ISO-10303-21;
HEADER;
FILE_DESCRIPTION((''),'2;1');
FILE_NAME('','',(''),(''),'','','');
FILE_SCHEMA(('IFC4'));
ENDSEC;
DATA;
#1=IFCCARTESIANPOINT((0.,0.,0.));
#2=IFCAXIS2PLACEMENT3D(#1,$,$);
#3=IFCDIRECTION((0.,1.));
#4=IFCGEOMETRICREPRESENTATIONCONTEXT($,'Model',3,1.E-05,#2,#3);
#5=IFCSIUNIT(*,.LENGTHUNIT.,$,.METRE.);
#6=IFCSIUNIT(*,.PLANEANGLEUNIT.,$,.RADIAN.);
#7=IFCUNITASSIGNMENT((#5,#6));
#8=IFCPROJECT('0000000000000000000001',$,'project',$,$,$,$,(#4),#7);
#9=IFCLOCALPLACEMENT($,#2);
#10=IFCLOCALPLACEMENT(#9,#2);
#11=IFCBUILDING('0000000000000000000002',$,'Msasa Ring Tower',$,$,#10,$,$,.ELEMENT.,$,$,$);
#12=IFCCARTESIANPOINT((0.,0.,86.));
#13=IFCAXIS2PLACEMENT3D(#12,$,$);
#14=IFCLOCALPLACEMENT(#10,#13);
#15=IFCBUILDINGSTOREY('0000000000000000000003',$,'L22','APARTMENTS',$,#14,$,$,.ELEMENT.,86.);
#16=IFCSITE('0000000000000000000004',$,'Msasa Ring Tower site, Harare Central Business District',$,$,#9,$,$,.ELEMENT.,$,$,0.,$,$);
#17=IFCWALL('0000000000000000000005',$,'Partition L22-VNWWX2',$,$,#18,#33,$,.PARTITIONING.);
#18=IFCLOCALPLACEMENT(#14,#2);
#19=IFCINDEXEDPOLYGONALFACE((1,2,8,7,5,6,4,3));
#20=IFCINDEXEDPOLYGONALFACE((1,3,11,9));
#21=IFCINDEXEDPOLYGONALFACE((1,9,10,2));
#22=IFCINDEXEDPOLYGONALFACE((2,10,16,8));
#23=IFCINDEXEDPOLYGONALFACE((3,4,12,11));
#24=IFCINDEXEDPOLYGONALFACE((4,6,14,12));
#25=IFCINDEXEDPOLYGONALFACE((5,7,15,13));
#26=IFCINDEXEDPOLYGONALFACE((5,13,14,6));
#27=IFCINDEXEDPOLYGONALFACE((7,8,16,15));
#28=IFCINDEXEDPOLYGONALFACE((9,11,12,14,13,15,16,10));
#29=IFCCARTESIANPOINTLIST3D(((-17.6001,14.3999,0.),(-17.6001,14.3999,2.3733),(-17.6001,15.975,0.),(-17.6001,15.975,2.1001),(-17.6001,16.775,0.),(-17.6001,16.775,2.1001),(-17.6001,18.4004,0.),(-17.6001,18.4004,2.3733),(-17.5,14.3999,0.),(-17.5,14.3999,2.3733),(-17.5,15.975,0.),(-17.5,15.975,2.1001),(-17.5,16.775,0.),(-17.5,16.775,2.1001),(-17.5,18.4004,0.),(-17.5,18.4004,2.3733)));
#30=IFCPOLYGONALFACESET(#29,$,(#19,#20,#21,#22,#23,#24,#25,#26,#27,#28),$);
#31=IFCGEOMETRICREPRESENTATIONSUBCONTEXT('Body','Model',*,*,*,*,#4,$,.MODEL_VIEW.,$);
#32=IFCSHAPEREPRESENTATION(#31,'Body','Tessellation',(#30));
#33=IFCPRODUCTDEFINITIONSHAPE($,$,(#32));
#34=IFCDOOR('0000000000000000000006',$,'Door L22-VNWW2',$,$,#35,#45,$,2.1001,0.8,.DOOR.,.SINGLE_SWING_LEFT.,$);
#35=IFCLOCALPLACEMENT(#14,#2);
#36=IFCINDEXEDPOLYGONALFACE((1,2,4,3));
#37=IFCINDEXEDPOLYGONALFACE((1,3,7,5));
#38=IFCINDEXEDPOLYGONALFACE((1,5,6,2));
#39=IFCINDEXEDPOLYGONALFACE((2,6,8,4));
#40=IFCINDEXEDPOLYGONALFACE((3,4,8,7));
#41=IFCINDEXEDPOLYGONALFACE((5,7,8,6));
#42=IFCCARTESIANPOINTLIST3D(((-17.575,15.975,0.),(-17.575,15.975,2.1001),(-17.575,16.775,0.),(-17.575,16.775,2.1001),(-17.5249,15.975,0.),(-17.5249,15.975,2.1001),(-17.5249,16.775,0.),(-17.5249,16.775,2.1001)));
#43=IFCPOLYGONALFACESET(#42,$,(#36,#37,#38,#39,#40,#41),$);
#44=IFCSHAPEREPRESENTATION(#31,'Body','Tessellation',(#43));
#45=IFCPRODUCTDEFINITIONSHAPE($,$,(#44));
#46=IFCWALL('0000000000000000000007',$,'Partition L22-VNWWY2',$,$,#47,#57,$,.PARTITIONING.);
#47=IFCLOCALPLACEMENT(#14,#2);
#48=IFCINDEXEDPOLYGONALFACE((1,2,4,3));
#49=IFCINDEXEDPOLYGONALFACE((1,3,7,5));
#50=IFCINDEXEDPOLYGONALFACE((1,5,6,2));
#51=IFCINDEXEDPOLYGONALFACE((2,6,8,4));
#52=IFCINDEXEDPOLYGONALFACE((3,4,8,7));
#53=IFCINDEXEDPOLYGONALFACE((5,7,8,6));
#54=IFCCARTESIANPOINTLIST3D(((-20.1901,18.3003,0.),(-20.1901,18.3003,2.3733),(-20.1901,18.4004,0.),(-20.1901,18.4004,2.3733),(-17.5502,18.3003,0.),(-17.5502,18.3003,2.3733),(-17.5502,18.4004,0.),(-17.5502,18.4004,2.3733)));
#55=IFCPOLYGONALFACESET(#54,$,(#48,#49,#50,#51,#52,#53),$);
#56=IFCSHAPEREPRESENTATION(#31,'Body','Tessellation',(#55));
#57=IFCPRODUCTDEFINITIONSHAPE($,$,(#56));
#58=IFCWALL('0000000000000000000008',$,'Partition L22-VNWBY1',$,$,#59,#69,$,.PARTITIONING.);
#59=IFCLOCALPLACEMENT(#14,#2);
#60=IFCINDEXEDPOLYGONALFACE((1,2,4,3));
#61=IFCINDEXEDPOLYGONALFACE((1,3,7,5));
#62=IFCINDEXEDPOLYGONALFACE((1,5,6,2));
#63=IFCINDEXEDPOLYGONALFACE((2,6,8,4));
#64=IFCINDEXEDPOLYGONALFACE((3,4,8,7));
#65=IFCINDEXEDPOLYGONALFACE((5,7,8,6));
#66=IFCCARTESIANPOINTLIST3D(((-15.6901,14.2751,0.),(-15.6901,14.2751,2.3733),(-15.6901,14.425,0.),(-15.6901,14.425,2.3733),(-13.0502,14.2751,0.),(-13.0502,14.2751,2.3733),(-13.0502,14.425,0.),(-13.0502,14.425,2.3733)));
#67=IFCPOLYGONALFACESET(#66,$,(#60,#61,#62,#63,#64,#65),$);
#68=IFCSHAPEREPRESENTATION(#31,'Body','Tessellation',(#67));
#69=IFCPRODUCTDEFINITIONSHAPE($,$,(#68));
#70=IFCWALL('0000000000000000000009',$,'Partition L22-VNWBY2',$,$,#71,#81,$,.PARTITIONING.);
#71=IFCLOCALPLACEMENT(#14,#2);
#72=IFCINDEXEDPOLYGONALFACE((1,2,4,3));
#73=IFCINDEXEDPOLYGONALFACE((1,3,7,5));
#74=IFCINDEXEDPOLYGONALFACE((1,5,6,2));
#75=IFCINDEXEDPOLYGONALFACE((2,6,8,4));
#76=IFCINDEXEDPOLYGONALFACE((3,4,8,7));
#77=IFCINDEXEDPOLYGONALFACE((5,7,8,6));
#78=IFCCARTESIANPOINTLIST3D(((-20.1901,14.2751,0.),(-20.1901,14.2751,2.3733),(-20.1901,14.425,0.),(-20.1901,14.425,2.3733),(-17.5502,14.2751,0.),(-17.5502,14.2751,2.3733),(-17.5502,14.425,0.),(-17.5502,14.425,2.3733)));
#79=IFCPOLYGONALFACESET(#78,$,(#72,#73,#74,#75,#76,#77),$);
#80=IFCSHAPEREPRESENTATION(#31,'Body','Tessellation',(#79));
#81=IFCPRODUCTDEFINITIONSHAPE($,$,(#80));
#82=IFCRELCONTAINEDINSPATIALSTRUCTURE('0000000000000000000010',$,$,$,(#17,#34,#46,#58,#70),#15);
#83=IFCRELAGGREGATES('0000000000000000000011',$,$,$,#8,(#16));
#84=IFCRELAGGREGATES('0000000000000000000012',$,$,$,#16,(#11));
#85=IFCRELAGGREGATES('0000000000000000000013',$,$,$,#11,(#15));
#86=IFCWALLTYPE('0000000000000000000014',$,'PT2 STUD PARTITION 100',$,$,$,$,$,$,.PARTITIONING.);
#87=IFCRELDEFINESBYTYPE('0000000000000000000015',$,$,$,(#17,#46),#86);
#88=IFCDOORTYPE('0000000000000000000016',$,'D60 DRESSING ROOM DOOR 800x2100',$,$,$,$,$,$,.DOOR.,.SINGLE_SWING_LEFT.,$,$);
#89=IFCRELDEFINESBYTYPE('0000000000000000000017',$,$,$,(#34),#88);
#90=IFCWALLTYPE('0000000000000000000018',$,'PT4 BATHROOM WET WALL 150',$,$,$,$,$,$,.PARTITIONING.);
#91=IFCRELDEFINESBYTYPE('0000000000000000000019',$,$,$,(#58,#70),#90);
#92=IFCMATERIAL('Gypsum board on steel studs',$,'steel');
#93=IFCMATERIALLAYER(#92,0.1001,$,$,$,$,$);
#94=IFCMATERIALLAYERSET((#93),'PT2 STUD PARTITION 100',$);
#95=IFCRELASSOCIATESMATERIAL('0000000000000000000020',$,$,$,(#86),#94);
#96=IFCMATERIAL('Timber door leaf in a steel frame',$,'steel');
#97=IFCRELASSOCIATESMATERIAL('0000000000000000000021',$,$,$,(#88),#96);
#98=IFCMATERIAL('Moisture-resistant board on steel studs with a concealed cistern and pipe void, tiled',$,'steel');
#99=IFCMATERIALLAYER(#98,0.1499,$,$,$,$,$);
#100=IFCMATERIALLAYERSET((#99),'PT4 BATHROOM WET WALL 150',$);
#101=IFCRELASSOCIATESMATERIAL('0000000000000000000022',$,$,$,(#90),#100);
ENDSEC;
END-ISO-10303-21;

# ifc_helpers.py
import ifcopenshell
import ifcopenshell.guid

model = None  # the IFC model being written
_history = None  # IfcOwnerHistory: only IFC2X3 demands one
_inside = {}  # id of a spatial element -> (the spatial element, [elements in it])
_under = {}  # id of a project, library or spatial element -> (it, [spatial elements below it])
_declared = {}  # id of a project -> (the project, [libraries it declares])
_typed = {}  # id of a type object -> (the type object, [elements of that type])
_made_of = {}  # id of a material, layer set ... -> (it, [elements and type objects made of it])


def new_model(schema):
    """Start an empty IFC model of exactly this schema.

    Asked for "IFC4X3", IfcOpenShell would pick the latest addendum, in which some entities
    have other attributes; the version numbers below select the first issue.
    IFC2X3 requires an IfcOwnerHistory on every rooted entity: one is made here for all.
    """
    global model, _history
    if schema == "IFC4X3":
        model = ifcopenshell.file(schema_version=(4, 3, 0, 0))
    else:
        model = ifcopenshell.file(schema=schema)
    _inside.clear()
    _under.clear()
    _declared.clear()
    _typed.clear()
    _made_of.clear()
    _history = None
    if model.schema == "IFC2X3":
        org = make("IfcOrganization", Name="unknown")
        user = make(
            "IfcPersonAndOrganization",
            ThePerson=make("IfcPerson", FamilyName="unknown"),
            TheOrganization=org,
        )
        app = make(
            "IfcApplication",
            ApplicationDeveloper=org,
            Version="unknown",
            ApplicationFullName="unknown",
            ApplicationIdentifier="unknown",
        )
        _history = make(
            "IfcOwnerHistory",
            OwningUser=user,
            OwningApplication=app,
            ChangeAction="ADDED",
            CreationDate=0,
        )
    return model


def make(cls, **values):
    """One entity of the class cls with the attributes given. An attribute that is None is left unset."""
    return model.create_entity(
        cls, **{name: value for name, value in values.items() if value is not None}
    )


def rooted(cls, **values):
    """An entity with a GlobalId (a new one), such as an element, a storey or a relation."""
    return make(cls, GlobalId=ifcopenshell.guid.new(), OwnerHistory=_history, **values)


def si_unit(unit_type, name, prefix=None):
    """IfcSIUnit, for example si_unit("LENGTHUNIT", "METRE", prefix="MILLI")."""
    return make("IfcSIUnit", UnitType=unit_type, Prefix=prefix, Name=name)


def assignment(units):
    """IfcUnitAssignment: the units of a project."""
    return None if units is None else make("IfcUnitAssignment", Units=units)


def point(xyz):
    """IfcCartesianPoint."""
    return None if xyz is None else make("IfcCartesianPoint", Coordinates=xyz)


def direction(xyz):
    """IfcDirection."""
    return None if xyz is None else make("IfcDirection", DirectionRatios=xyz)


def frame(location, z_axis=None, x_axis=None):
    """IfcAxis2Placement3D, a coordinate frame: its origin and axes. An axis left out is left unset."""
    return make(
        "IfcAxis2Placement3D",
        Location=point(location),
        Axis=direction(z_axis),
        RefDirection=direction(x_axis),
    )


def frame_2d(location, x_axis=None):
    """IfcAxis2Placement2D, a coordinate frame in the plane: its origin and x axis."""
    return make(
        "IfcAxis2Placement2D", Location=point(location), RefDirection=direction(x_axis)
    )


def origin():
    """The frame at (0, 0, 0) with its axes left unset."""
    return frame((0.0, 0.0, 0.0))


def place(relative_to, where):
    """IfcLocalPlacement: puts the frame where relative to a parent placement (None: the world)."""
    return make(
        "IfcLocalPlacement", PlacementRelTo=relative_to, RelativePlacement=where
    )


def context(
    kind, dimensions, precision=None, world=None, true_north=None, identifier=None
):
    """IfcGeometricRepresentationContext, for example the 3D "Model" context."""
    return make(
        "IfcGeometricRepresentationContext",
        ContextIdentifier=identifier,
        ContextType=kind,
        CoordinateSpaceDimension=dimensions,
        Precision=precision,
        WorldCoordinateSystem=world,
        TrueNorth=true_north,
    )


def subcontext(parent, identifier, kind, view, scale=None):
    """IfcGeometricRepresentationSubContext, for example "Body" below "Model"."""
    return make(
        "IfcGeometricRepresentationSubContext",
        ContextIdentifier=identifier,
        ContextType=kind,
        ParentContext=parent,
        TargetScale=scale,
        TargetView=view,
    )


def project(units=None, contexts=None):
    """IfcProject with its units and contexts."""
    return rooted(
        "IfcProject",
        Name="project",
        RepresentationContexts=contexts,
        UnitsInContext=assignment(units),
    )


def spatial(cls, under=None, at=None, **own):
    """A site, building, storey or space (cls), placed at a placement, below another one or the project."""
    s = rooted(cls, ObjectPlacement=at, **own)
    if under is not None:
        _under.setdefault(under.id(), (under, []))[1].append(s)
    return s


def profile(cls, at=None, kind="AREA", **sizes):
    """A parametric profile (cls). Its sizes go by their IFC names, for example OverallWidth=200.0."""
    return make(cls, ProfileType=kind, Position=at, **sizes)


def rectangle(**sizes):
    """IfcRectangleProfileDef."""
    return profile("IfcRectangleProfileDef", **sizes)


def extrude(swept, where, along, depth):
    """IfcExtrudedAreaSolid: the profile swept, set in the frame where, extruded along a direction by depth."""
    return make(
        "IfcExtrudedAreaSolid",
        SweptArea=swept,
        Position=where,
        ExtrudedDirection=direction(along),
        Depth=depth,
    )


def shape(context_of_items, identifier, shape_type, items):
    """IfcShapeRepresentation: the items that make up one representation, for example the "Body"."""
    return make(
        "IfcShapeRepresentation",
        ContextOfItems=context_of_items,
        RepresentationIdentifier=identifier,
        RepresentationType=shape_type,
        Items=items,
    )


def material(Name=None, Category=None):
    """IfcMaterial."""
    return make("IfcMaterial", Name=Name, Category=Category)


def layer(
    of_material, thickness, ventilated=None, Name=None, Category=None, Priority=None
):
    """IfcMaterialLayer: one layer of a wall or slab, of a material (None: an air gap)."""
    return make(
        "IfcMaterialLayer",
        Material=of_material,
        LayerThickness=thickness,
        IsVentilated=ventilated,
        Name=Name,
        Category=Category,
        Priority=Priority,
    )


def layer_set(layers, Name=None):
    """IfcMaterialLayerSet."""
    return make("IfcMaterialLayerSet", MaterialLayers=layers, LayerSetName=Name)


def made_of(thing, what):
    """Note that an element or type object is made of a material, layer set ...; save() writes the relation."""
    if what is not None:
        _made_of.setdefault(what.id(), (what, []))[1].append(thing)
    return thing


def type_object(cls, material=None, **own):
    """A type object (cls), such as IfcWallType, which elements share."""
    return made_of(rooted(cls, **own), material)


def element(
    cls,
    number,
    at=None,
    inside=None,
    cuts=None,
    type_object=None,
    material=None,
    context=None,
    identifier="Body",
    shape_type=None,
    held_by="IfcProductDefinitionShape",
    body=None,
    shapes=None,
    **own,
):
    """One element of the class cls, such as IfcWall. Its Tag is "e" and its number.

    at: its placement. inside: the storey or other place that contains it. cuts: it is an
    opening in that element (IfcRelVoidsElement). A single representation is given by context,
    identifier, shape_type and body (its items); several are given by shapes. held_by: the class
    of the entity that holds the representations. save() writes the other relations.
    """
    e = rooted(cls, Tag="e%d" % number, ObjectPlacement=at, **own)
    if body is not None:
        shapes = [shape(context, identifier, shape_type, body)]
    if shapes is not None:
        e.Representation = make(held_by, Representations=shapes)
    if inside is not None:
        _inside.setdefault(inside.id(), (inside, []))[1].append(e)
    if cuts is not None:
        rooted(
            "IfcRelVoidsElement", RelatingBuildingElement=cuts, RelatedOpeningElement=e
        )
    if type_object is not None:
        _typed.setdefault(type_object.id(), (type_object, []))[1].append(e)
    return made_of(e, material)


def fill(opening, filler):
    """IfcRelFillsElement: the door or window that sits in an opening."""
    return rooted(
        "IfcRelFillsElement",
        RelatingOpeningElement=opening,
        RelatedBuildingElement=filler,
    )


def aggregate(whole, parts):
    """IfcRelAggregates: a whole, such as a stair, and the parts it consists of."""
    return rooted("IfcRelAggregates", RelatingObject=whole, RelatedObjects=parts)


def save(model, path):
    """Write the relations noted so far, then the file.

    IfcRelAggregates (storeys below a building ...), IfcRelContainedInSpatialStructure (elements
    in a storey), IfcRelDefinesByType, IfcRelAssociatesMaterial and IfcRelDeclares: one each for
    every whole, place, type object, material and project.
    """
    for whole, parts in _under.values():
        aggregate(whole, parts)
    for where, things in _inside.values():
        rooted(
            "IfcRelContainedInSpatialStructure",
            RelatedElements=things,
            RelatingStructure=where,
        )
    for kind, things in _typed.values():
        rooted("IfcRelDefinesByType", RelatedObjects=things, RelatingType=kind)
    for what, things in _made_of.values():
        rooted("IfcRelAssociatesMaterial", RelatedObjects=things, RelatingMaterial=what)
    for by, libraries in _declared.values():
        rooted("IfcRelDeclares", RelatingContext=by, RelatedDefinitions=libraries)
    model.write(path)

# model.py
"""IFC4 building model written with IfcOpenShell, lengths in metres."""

from ifc_helpers import new_model, si_unit, direction, frame, frame_2d, origin, place, context, subcontext, project, spatial, rectangle, extrude, material, layer, layer_set, type_object, element, fill, save


model = new_model("IFC4")

# Units and contexts
model_context = context("Model", 3, precision=1e-05, world=origin(), true_north=direction((0.0, 1.0)))
body_context = subcontext(model_context, "Body", "Model", "MODEL_VIEW")
ifc_project = project(units=[si_unit("LENGTHUNIT", "METRE"), si_unit("PLANEANGLEUNIT", "RADIAN")], contexts=[model_context])

# Site, building, storey
site_placement = place(None, origin())
site = spatial("IfcSite", under=ifc_project, at=site_placement, Name="Msasa Ring Tower site, Harare Central Business District", CompositionType="ELEMENT", RefElevation=0.0)
building_placement = place(site_placement, origin())
building = spatial("IfcBuilding", under=site, at=building_placement, Name="Msasa Ring Tower", CompositionType="ELEMENT")
storey_placement = place(building_placement, frame((0.0, 0.0, 86.0)))
storey = spatial("IfcBuildingStorey", under=building, at=storey_placement, Name="L22", Description="APARTMENTS", CompositionType="ELEMENT", Elevation=86.0)

# Shared definitions
ifc_material_1 = material(Name="Gypsum board on steel studs", Category="steel")
ifc_layer_1 = layer(ifc_material_1, 0.1001)
ifc_layer_set_1 = layer_set([ifc_layer_1], Name="PT2 STUD PARTITION 100")
wall_type_1 = type_object("IfcWallType", Name="PT2 STUD PARTITION 100", PredefinedType="PARTITIONING", material=ifc_layer_set_1)
ifc_material_2 = material(Name="Timber door leaf in a steel frame", Category="steel")
door_type = type_object("IfcDoorType", Name="D60 DRESSING ROOM DOOR 800x2100", OperationType="SINGLE_SWING_LEFT", PredefinedType="DOOR", material=ifc_material_2)

# Wall, opening, door
wall_1_placement = place(storey_placement, frame((-17.55, 14.3999, 0.0), z_axis=(0.0, 0.0, 1.0), x_axis=(0.0, 1.0, 0.0)))
wall_1 = element("IfcWall", 1, at=wall_1_placement, inside=storey, type_object=wall_type_1, Name="Partition L22-VNWWX2", PredefinedType="PARTITIONING", context=body_context, shape_type="SweptSolid", body=[
    extrude(rectangle(XDim=4.0005, YDim=0.1001, at=frame_2d((2.0002, 0.0))), origin(), (0.0, 0.0, 1.0), 2.3733),
])
opening_1_placement = place(wall_1_placement, frame((1.5752, 0.0, 0.0)))
opening_1 = element("IfcOpeningElement", 2, at=opening_1_placement, cuts=wall_1, PredefinedType="OPENING", context=body_context, shape_type="SweptSolid", body=[
    extrude(rectangle(XDim=0.8, YDim=2.1001, at=frame_2d((0.3999, 1.05))), frame((0.0, 0.0601, 0.0), z_axis=(0.0, -1.0, 0.0), x_axis=(1.0, 0.0, 0.0)), (0.0, 0.0, 1.0), 0.1201),
])
door_1_placement = place(opening_1_placement, origin())
door_1 = element("IfcDoor", 3, at=door_1_placement, inside=storey, type_object=door_type, Name="Door L22-VNWW2", OperationType="SINGLE_SWING_LEFT", OverallHeight=2.1001, OverallWidth=0.8, PredefinedType="DOOR", context=body_context, shape_type="SweptSolid", body=[
    extrude(rectangle(XDim=0.8, YDim=2.1001, at=frame_2d((0.3999, 1.05))), frame((0.0, 0.0249, 0.0), z_axis=(0.0, -1.0, 0.0), x_axis=(1.0, 0.0, 0.0)), (0.0, 0.0, 1.0), 0.05),
])
fill(opening_1, door_1)

# Walls
wall_2_placement = place(storey_placement, frame((-20.1899, 18.3503, 0.0), z_axis=(0.0, 0.0, 1.0), x_axis=(1.0, 0.0, 0.0)))
element("IfcWall", 4, at=wall_2_placement, inside=storey, type_object=wall_type_1, Name="Partition L22-VNWWY2", PredefinedType="PARTITIONING", context=body_context, shape_type="SweptSolid", body=[
    extrude(rectangle(XDim=2.6399, YDim=0.1001, at=frame_2d((1.3198, 0.0))), origin(), (0.0, 0.0, 1.0), 2.3733),
])
ifc_material_3 = material(Name="Moisture-resistant board on steel studs with a concealed cistern and pipe void, tiled", Category="steel")
ifc_layer_2 = layer(ifc_material_3, 0.1499)
ifc_layer_set_2 = layer_set([ifc_layer_2], Name="PT4 BATHROOM WET WALL 150")
wall_type_2 = type_object("IfcWallType", Name="PT4 BATHROOM WET WALL 150", PredefinedType="PARTITIONING", material=ifc_layer_set_2)
for number, where, z_axis, x_axis, name in (
    (5, (-15.6899, 14.3501, 0.0), (0.0, 0.0, 1.0), (1.0, 0.0, 0.0), "Partition L22-VNWBY1"),
    (6, (-20.1899, 14.3501, 0.0), (0.0, 0.0, 1.0), (1.0, 0.0, 0.0), "Partition L22-VNWBY2"),
):
    element("IfcWall", number, at=place(storey_placement, frame(where, z_axis=z_axis, x_axis=x_axis)), inside=storey, type_object=wall_type_2, Name=name, PredefinedType="PARTITIONING", context=body_context, shape_type="SweptSolid", body=[
        extrude(rectangle(XDim=2.6399, YDim=0.1499, at=frame_2d((1.3198, 0.0))), origin(), (0.0, 0.0, 1.0), 2.3733),
    ])

save(model, "model.ifc")
